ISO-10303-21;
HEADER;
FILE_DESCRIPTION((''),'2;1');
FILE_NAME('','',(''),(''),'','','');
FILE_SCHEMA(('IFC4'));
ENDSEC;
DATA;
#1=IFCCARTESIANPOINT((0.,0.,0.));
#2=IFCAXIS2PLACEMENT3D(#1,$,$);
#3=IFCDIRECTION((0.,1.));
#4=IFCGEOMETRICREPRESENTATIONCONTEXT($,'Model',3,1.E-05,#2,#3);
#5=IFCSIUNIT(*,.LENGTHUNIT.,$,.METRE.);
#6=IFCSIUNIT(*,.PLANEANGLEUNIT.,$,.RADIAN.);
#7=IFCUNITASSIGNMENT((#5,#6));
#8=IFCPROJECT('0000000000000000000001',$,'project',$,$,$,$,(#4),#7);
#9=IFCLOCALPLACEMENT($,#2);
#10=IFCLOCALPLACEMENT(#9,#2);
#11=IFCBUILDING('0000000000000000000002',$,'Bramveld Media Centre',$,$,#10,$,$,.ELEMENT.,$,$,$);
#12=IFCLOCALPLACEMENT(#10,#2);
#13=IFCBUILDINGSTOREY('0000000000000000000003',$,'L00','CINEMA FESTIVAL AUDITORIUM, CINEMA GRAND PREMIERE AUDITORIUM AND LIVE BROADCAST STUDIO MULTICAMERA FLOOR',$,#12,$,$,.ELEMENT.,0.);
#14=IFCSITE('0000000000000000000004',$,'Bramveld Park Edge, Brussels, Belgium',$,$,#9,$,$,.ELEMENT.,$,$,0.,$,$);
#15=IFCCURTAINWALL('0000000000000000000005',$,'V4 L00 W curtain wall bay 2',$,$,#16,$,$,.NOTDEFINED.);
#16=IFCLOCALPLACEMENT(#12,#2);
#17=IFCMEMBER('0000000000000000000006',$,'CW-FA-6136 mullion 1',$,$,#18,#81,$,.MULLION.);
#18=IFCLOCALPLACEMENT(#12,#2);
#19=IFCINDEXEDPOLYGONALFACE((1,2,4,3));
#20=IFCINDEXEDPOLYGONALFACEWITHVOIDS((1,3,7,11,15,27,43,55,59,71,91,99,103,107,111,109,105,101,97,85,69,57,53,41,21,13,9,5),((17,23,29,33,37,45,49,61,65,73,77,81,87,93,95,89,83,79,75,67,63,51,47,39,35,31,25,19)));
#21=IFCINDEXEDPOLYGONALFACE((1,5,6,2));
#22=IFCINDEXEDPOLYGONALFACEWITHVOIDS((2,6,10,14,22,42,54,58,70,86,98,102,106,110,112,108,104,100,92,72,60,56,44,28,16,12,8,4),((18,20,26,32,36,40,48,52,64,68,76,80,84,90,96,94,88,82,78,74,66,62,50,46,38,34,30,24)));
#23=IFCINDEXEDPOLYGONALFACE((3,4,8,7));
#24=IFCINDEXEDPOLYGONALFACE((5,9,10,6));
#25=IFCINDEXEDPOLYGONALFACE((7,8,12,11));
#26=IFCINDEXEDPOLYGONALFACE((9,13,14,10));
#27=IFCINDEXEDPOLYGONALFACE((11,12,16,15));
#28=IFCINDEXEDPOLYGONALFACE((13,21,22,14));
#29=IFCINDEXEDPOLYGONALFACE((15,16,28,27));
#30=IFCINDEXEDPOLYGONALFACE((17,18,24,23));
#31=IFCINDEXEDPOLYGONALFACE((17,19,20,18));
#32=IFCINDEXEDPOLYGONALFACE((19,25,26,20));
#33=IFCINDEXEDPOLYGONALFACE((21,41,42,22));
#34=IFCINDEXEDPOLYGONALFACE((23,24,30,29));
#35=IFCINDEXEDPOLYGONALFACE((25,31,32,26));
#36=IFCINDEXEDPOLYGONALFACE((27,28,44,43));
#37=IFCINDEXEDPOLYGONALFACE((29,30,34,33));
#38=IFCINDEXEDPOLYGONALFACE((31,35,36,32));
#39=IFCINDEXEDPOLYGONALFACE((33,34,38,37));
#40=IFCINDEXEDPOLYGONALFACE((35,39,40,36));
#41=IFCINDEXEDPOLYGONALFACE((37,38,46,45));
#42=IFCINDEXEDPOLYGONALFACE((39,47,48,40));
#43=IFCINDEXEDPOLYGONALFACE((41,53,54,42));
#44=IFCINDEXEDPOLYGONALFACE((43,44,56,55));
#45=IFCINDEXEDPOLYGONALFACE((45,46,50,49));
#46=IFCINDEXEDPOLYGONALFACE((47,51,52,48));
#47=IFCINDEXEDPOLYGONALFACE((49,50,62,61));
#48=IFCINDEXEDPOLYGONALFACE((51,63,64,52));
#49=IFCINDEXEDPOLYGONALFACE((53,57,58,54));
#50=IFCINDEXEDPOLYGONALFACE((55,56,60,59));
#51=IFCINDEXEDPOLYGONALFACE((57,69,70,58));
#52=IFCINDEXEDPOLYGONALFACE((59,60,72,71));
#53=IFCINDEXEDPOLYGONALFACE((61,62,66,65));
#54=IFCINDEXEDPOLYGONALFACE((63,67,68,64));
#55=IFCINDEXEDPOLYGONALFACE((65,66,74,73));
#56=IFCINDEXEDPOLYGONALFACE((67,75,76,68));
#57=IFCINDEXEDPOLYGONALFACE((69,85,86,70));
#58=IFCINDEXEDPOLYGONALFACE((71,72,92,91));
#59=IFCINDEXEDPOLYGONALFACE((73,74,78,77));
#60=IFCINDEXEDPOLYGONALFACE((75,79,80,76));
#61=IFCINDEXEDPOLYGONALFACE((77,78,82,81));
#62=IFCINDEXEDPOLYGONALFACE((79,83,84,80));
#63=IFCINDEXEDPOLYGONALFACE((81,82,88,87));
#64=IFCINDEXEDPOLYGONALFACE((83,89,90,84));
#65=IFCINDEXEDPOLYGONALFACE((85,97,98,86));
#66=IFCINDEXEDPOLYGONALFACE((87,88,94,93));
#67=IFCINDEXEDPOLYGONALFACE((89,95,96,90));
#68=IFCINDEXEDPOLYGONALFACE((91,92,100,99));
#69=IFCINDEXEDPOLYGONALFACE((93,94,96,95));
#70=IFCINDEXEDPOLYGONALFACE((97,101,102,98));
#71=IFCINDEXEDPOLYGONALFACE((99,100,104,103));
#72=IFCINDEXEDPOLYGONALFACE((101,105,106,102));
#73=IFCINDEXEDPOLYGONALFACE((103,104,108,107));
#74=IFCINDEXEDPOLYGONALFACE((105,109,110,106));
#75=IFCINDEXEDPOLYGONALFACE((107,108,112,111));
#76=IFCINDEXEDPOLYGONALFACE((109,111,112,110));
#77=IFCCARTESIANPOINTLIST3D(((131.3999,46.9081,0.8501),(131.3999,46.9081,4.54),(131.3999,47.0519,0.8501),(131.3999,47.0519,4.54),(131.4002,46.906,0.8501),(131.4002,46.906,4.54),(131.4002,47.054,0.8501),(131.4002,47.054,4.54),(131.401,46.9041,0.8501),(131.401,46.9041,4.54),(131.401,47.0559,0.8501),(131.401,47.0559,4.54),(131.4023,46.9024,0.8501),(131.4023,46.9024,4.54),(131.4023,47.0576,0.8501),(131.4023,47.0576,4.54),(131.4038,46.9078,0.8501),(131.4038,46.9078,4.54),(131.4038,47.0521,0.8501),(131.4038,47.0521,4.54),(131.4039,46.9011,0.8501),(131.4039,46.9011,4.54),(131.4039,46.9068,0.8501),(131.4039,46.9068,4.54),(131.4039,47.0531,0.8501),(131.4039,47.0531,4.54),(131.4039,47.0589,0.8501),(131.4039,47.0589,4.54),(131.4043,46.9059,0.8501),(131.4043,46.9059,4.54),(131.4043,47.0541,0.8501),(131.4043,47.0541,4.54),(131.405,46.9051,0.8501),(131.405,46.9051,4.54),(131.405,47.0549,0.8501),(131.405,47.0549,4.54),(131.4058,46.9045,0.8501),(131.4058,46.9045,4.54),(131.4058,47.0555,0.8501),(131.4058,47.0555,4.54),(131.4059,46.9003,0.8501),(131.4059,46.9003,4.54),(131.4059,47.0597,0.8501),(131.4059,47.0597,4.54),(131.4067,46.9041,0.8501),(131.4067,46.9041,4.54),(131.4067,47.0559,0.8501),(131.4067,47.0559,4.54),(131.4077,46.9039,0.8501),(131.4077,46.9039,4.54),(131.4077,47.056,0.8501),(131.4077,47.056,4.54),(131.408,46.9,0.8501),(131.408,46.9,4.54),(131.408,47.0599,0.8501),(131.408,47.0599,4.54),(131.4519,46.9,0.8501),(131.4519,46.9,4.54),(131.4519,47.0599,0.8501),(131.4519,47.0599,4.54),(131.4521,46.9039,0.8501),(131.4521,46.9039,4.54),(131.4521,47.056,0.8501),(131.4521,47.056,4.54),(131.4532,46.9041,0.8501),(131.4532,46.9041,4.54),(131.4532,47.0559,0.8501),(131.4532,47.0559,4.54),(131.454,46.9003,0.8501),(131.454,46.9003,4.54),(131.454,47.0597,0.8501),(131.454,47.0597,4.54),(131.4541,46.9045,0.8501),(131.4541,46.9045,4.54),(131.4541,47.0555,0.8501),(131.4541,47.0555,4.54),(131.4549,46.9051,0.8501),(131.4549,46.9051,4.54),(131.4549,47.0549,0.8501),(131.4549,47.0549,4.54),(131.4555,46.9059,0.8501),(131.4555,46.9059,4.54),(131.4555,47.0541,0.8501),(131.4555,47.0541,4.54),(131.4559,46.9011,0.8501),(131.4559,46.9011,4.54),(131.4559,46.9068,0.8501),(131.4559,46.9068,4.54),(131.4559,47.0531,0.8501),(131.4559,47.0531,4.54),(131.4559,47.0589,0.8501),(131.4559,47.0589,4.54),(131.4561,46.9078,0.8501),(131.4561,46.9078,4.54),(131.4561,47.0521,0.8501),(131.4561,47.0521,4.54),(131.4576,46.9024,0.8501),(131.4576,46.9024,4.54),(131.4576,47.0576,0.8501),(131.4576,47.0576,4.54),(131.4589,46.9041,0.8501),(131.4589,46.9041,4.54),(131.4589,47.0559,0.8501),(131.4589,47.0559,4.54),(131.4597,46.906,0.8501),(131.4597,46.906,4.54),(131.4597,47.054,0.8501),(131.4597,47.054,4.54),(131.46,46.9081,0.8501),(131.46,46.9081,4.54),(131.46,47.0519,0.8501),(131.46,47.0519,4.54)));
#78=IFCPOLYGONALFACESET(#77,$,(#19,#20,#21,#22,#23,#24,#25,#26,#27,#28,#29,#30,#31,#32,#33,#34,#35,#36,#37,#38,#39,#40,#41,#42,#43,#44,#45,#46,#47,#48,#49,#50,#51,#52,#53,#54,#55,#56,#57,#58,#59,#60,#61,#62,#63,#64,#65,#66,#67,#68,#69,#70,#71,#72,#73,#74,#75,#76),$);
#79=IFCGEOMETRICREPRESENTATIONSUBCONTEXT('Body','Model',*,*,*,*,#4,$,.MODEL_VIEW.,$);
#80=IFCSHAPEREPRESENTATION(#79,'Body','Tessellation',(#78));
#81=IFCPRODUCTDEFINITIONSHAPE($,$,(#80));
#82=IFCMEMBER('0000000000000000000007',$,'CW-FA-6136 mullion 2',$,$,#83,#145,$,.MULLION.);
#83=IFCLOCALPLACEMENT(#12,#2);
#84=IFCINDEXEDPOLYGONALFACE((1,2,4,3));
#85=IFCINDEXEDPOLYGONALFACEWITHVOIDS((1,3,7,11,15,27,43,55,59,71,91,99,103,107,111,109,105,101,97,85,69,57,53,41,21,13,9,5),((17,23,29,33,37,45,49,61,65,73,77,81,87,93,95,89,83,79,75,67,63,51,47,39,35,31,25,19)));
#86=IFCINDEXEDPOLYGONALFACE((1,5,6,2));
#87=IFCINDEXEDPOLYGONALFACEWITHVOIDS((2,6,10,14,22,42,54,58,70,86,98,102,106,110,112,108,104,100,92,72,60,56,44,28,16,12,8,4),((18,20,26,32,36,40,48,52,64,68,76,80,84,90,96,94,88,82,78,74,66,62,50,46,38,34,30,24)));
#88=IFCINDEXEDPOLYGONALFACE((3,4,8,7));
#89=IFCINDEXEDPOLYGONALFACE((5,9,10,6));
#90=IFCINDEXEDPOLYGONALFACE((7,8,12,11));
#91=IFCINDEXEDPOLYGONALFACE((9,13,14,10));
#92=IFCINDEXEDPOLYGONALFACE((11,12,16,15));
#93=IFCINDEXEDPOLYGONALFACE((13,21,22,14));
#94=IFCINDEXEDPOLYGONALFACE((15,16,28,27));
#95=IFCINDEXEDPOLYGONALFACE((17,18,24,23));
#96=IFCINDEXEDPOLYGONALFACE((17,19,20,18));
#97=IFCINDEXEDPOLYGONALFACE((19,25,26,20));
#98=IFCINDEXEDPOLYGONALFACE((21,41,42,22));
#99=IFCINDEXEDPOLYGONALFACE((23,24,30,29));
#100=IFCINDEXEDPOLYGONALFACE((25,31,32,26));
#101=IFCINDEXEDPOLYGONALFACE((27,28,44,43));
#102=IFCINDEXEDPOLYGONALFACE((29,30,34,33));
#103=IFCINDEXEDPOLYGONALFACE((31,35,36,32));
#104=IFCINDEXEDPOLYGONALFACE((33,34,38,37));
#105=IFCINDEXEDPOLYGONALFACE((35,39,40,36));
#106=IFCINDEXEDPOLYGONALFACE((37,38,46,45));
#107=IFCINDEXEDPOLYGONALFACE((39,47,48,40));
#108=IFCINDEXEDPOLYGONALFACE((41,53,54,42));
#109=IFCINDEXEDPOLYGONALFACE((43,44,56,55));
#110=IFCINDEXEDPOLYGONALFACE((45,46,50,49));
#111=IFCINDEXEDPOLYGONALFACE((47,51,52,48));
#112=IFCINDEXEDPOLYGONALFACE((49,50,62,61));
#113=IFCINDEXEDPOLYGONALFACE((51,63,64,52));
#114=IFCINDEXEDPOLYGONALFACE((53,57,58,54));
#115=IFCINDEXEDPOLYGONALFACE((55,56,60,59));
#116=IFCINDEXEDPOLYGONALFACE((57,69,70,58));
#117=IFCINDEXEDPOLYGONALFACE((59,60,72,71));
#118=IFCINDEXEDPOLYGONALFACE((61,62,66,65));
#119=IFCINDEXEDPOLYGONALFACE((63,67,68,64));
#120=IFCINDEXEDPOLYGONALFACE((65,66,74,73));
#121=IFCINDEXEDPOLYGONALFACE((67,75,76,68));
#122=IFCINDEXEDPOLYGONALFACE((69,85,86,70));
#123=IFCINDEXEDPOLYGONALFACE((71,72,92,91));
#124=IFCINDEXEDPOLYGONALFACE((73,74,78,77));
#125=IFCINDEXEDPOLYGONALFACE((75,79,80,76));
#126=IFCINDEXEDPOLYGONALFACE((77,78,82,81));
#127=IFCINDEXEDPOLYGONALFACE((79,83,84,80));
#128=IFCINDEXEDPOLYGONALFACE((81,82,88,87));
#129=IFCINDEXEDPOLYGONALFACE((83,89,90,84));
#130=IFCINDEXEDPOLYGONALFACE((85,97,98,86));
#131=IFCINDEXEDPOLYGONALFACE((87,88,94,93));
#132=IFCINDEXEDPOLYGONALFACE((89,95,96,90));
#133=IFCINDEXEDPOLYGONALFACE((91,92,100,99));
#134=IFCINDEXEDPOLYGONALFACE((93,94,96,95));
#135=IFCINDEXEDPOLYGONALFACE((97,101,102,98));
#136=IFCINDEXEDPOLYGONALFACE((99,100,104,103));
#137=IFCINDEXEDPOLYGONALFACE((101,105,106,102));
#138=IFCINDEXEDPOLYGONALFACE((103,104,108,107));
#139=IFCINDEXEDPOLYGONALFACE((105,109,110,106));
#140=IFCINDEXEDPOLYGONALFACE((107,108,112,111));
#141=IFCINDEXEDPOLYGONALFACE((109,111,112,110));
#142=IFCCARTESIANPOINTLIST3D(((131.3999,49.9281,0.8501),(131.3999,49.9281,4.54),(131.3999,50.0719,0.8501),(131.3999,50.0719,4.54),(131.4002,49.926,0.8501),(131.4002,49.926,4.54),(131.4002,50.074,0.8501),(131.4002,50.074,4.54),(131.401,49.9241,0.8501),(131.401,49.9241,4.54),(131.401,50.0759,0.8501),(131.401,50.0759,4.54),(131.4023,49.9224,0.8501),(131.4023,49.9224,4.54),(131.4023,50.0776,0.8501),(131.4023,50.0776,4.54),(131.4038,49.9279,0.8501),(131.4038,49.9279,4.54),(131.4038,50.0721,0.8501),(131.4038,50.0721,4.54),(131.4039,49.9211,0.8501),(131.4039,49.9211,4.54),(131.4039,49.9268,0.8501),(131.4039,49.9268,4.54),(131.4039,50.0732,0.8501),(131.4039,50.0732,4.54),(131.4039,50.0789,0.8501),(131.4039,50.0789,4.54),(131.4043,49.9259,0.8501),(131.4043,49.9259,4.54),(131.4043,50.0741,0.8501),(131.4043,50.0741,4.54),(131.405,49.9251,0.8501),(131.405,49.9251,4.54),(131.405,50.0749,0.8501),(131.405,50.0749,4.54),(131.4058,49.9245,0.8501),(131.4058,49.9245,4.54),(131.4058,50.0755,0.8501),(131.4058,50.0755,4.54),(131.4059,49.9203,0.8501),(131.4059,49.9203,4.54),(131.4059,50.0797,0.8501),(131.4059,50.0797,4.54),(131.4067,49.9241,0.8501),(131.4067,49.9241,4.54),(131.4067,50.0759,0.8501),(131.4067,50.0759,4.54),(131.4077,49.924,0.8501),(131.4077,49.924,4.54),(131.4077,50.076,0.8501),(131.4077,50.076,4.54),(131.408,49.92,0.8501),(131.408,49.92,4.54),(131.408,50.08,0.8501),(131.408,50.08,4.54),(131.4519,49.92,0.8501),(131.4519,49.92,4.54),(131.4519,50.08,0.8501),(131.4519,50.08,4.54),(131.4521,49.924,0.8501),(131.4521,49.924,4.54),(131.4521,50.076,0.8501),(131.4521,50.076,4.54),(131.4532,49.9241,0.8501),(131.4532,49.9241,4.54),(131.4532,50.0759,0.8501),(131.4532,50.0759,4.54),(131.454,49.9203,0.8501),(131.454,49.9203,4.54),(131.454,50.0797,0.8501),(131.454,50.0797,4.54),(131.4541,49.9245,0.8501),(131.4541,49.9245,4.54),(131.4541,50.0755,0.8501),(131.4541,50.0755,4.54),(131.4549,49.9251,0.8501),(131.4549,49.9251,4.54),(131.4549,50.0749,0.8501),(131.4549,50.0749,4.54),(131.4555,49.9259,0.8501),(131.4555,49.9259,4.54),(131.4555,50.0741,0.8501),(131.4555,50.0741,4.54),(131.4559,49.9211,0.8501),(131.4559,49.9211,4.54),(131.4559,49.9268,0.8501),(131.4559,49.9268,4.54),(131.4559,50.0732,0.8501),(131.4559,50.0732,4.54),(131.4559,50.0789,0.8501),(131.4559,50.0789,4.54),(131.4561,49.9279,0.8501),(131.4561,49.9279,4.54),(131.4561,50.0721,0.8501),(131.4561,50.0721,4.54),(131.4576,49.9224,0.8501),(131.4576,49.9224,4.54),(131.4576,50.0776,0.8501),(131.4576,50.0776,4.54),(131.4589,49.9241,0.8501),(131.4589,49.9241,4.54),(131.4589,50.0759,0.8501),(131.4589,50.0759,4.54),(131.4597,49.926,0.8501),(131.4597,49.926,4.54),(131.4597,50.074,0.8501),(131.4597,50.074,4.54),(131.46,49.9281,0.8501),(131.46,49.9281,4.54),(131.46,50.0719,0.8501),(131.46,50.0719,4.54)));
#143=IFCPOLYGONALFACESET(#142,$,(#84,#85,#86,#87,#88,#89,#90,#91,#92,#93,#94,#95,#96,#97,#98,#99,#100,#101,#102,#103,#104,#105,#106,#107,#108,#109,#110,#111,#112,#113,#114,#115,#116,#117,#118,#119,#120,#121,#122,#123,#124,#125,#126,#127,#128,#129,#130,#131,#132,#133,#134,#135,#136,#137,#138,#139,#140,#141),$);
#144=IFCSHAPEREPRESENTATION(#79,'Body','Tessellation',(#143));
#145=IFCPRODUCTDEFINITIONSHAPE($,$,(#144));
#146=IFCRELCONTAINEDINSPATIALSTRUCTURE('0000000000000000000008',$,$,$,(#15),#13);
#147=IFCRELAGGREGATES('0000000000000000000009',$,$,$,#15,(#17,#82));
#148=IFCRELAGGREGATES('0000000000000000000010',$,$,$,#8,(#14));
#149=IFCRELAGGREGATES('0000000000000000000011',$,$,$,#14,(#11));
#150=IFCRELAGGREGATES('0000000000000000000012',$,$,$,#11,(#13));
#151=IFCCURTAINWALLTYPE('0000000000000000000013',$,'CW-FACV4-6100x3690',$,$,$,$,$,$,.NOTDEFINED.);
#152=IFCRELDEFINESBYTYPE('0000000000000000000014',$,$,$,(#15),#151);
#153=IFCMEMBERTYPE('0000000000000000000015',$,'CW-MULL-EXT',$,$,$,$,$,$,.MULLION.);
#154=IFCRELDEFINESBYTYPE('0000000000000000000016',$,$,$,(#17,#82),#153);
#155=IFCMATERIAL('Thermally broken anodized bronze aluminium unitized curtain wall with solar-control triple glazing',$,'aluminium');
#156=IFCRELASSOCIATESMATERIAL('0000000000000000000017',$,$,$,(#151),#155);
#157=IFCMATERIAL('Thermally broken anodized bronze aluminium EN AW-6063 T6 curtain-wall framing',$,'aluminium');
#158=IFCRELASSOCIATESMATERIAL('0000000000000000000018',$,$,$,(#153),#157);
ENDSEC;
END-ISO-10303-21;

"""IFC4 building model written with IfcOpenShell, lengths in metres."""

from ifc_helpers import new_model, si_unit, direction, frame, origin, origin_2d, place, context, subcontext, project, spatial, hollow_rectangle, extrude, material, material_profile, profile_set, type_object, element, aggregate, save


model = new_model("IFC4")

# Units and contexts
model_context = context("Model", 3, precision=1e-05, world=origin(), true_north=direction((0.0, 1.0)))
body_context = subcontext(model_context, "Body", "Model", "MODEL_VIEW")
ifc_project = project(units=[si_unit("LENGTHUNIT", "METRE"), si_unit("PLANEANGLEUNIT", "RADIAN")], contexts=[model_context])

# Site, building, storey
site_placement = place(None, origin())
site = spatial("IfcSite", under=ifc_project, at=site_placement, Name="Bramveld Park Edge, Brussels, Belgium", CompositionType="ELEMENT", RefElevation=0.0)
building_placement = place(site_placement, origin())
building = spatial("IfcBuilding", under=site, at=building_placement, Name="Bramveld Media Centre", CompositionType="ELEMENT")
storey_placement = place(building_placement, origin())
storey = spatial("IfcBuildingStorey", under=building, at=storey_placement, Name="L00", Description="CINEMA FESTIVAL AUDITORIUM, CINEMA GRAND PREMIERE AUDITORIUM AND LIVE BROADCAST STUDIO MULTICAMERA FLOOR", CompositionType="ELEMENT", Elevation=0.0)

# Curtain wall, members
ifc_material_1 = material(Name="Thermally broken anodized bronze aluminium unitized curtain wall with solar-control triple glazing", Category="aluminium")
curtain_wall_type = type_object("IfcCurtainWallType", Name="CW-FACV4-6100x3690", PredefinedType="NOTDEFINED", material=ifc_material_1)
curtain_wall_placement = place(storey_placement, origin())
curtain_wall = element("IfcCurtainWall", 1, at=curtain_wall_placement, inside=storey, type_object=curtain_wall_type, Name="V4 L00 W curtain wall bay 2", PredefinedType="NOTDEFINED")
ifc_material_2 = material(Name="Thermally broken anodized bronze aluminium EN AW-6063 T6 curtain-wall framing", Category="aluminium")
ifc_material_profile_1 = material_profile(ifc_material_2, hollow_rectangle(XDim=0.0601, YDim=0.1599, WallThickness=0.0039, InnerFilletRadius=0.0039, OuterFilletRadius=0.0081, at=origin_2d()), Name="AL-MULL 60x160")
ifc_profile_set_1 = profile_set([ifc_material_profile_1], Name="Thermally broken anodized bronze aluminium EN AW-6063 T6 curtain-wall framing")
member_type_1 = type_object("IfcMemberType", Name="CW-MULL-EXT", PredefinedType="MULLION", material=ifc_profile_set_1)
member_1_placement = place(storey_placement, frame((131.4299, 46.98, 0.8501), z_axis=(0.0, 0.0, 1.0), x_axis=(-1.0, 0.0, 0.0)))
member_1 = element("IfcMember", 2, at=member_1_placement, type_object=member_type_1, Name="CW-FA-6136 mullion 1", PredefinedType="MULLION", context=body_context, shape_type="SweptSolid", body=[
    extrude(hollow_rectangle(XDim=0.0601, YDim=0.1599, WallThickness=0.0039, InnerFilletRadius=0.0039, OuterFilletRadius=0.0081, at=origin_2d()), origin(), (0.0, 0.0, 1.0), 3.6899),
])
member_2_placement = place(storey_placement, frame((131.4299, 50.0, 0.8501), z_axis=(0.0, 0.0, 1.0), x_axis=(-1.0, 0.0, 0.0)))
member_2 = element("IfcMember", 3, at=member_2_placement, type_object=member_type_1, Name="CW-FA-6136 mullion 2", PredefinedType="MULLION", context=body_context, shape_type="SweptSolid", body=[
    extrude(hollow_rectangle(XDim=0.0601, YDim=0.1599, WallThickness=0.0039, InnerFilletRadius=0.0039, OuterFilletRadius=0.0081, at=origin_2d()), origin(), (0.0, 0.0, 1.0), 3.6899),
])

aggregate(curtain_wall, [member_1, member_2])

save(model, "model.ifc")
